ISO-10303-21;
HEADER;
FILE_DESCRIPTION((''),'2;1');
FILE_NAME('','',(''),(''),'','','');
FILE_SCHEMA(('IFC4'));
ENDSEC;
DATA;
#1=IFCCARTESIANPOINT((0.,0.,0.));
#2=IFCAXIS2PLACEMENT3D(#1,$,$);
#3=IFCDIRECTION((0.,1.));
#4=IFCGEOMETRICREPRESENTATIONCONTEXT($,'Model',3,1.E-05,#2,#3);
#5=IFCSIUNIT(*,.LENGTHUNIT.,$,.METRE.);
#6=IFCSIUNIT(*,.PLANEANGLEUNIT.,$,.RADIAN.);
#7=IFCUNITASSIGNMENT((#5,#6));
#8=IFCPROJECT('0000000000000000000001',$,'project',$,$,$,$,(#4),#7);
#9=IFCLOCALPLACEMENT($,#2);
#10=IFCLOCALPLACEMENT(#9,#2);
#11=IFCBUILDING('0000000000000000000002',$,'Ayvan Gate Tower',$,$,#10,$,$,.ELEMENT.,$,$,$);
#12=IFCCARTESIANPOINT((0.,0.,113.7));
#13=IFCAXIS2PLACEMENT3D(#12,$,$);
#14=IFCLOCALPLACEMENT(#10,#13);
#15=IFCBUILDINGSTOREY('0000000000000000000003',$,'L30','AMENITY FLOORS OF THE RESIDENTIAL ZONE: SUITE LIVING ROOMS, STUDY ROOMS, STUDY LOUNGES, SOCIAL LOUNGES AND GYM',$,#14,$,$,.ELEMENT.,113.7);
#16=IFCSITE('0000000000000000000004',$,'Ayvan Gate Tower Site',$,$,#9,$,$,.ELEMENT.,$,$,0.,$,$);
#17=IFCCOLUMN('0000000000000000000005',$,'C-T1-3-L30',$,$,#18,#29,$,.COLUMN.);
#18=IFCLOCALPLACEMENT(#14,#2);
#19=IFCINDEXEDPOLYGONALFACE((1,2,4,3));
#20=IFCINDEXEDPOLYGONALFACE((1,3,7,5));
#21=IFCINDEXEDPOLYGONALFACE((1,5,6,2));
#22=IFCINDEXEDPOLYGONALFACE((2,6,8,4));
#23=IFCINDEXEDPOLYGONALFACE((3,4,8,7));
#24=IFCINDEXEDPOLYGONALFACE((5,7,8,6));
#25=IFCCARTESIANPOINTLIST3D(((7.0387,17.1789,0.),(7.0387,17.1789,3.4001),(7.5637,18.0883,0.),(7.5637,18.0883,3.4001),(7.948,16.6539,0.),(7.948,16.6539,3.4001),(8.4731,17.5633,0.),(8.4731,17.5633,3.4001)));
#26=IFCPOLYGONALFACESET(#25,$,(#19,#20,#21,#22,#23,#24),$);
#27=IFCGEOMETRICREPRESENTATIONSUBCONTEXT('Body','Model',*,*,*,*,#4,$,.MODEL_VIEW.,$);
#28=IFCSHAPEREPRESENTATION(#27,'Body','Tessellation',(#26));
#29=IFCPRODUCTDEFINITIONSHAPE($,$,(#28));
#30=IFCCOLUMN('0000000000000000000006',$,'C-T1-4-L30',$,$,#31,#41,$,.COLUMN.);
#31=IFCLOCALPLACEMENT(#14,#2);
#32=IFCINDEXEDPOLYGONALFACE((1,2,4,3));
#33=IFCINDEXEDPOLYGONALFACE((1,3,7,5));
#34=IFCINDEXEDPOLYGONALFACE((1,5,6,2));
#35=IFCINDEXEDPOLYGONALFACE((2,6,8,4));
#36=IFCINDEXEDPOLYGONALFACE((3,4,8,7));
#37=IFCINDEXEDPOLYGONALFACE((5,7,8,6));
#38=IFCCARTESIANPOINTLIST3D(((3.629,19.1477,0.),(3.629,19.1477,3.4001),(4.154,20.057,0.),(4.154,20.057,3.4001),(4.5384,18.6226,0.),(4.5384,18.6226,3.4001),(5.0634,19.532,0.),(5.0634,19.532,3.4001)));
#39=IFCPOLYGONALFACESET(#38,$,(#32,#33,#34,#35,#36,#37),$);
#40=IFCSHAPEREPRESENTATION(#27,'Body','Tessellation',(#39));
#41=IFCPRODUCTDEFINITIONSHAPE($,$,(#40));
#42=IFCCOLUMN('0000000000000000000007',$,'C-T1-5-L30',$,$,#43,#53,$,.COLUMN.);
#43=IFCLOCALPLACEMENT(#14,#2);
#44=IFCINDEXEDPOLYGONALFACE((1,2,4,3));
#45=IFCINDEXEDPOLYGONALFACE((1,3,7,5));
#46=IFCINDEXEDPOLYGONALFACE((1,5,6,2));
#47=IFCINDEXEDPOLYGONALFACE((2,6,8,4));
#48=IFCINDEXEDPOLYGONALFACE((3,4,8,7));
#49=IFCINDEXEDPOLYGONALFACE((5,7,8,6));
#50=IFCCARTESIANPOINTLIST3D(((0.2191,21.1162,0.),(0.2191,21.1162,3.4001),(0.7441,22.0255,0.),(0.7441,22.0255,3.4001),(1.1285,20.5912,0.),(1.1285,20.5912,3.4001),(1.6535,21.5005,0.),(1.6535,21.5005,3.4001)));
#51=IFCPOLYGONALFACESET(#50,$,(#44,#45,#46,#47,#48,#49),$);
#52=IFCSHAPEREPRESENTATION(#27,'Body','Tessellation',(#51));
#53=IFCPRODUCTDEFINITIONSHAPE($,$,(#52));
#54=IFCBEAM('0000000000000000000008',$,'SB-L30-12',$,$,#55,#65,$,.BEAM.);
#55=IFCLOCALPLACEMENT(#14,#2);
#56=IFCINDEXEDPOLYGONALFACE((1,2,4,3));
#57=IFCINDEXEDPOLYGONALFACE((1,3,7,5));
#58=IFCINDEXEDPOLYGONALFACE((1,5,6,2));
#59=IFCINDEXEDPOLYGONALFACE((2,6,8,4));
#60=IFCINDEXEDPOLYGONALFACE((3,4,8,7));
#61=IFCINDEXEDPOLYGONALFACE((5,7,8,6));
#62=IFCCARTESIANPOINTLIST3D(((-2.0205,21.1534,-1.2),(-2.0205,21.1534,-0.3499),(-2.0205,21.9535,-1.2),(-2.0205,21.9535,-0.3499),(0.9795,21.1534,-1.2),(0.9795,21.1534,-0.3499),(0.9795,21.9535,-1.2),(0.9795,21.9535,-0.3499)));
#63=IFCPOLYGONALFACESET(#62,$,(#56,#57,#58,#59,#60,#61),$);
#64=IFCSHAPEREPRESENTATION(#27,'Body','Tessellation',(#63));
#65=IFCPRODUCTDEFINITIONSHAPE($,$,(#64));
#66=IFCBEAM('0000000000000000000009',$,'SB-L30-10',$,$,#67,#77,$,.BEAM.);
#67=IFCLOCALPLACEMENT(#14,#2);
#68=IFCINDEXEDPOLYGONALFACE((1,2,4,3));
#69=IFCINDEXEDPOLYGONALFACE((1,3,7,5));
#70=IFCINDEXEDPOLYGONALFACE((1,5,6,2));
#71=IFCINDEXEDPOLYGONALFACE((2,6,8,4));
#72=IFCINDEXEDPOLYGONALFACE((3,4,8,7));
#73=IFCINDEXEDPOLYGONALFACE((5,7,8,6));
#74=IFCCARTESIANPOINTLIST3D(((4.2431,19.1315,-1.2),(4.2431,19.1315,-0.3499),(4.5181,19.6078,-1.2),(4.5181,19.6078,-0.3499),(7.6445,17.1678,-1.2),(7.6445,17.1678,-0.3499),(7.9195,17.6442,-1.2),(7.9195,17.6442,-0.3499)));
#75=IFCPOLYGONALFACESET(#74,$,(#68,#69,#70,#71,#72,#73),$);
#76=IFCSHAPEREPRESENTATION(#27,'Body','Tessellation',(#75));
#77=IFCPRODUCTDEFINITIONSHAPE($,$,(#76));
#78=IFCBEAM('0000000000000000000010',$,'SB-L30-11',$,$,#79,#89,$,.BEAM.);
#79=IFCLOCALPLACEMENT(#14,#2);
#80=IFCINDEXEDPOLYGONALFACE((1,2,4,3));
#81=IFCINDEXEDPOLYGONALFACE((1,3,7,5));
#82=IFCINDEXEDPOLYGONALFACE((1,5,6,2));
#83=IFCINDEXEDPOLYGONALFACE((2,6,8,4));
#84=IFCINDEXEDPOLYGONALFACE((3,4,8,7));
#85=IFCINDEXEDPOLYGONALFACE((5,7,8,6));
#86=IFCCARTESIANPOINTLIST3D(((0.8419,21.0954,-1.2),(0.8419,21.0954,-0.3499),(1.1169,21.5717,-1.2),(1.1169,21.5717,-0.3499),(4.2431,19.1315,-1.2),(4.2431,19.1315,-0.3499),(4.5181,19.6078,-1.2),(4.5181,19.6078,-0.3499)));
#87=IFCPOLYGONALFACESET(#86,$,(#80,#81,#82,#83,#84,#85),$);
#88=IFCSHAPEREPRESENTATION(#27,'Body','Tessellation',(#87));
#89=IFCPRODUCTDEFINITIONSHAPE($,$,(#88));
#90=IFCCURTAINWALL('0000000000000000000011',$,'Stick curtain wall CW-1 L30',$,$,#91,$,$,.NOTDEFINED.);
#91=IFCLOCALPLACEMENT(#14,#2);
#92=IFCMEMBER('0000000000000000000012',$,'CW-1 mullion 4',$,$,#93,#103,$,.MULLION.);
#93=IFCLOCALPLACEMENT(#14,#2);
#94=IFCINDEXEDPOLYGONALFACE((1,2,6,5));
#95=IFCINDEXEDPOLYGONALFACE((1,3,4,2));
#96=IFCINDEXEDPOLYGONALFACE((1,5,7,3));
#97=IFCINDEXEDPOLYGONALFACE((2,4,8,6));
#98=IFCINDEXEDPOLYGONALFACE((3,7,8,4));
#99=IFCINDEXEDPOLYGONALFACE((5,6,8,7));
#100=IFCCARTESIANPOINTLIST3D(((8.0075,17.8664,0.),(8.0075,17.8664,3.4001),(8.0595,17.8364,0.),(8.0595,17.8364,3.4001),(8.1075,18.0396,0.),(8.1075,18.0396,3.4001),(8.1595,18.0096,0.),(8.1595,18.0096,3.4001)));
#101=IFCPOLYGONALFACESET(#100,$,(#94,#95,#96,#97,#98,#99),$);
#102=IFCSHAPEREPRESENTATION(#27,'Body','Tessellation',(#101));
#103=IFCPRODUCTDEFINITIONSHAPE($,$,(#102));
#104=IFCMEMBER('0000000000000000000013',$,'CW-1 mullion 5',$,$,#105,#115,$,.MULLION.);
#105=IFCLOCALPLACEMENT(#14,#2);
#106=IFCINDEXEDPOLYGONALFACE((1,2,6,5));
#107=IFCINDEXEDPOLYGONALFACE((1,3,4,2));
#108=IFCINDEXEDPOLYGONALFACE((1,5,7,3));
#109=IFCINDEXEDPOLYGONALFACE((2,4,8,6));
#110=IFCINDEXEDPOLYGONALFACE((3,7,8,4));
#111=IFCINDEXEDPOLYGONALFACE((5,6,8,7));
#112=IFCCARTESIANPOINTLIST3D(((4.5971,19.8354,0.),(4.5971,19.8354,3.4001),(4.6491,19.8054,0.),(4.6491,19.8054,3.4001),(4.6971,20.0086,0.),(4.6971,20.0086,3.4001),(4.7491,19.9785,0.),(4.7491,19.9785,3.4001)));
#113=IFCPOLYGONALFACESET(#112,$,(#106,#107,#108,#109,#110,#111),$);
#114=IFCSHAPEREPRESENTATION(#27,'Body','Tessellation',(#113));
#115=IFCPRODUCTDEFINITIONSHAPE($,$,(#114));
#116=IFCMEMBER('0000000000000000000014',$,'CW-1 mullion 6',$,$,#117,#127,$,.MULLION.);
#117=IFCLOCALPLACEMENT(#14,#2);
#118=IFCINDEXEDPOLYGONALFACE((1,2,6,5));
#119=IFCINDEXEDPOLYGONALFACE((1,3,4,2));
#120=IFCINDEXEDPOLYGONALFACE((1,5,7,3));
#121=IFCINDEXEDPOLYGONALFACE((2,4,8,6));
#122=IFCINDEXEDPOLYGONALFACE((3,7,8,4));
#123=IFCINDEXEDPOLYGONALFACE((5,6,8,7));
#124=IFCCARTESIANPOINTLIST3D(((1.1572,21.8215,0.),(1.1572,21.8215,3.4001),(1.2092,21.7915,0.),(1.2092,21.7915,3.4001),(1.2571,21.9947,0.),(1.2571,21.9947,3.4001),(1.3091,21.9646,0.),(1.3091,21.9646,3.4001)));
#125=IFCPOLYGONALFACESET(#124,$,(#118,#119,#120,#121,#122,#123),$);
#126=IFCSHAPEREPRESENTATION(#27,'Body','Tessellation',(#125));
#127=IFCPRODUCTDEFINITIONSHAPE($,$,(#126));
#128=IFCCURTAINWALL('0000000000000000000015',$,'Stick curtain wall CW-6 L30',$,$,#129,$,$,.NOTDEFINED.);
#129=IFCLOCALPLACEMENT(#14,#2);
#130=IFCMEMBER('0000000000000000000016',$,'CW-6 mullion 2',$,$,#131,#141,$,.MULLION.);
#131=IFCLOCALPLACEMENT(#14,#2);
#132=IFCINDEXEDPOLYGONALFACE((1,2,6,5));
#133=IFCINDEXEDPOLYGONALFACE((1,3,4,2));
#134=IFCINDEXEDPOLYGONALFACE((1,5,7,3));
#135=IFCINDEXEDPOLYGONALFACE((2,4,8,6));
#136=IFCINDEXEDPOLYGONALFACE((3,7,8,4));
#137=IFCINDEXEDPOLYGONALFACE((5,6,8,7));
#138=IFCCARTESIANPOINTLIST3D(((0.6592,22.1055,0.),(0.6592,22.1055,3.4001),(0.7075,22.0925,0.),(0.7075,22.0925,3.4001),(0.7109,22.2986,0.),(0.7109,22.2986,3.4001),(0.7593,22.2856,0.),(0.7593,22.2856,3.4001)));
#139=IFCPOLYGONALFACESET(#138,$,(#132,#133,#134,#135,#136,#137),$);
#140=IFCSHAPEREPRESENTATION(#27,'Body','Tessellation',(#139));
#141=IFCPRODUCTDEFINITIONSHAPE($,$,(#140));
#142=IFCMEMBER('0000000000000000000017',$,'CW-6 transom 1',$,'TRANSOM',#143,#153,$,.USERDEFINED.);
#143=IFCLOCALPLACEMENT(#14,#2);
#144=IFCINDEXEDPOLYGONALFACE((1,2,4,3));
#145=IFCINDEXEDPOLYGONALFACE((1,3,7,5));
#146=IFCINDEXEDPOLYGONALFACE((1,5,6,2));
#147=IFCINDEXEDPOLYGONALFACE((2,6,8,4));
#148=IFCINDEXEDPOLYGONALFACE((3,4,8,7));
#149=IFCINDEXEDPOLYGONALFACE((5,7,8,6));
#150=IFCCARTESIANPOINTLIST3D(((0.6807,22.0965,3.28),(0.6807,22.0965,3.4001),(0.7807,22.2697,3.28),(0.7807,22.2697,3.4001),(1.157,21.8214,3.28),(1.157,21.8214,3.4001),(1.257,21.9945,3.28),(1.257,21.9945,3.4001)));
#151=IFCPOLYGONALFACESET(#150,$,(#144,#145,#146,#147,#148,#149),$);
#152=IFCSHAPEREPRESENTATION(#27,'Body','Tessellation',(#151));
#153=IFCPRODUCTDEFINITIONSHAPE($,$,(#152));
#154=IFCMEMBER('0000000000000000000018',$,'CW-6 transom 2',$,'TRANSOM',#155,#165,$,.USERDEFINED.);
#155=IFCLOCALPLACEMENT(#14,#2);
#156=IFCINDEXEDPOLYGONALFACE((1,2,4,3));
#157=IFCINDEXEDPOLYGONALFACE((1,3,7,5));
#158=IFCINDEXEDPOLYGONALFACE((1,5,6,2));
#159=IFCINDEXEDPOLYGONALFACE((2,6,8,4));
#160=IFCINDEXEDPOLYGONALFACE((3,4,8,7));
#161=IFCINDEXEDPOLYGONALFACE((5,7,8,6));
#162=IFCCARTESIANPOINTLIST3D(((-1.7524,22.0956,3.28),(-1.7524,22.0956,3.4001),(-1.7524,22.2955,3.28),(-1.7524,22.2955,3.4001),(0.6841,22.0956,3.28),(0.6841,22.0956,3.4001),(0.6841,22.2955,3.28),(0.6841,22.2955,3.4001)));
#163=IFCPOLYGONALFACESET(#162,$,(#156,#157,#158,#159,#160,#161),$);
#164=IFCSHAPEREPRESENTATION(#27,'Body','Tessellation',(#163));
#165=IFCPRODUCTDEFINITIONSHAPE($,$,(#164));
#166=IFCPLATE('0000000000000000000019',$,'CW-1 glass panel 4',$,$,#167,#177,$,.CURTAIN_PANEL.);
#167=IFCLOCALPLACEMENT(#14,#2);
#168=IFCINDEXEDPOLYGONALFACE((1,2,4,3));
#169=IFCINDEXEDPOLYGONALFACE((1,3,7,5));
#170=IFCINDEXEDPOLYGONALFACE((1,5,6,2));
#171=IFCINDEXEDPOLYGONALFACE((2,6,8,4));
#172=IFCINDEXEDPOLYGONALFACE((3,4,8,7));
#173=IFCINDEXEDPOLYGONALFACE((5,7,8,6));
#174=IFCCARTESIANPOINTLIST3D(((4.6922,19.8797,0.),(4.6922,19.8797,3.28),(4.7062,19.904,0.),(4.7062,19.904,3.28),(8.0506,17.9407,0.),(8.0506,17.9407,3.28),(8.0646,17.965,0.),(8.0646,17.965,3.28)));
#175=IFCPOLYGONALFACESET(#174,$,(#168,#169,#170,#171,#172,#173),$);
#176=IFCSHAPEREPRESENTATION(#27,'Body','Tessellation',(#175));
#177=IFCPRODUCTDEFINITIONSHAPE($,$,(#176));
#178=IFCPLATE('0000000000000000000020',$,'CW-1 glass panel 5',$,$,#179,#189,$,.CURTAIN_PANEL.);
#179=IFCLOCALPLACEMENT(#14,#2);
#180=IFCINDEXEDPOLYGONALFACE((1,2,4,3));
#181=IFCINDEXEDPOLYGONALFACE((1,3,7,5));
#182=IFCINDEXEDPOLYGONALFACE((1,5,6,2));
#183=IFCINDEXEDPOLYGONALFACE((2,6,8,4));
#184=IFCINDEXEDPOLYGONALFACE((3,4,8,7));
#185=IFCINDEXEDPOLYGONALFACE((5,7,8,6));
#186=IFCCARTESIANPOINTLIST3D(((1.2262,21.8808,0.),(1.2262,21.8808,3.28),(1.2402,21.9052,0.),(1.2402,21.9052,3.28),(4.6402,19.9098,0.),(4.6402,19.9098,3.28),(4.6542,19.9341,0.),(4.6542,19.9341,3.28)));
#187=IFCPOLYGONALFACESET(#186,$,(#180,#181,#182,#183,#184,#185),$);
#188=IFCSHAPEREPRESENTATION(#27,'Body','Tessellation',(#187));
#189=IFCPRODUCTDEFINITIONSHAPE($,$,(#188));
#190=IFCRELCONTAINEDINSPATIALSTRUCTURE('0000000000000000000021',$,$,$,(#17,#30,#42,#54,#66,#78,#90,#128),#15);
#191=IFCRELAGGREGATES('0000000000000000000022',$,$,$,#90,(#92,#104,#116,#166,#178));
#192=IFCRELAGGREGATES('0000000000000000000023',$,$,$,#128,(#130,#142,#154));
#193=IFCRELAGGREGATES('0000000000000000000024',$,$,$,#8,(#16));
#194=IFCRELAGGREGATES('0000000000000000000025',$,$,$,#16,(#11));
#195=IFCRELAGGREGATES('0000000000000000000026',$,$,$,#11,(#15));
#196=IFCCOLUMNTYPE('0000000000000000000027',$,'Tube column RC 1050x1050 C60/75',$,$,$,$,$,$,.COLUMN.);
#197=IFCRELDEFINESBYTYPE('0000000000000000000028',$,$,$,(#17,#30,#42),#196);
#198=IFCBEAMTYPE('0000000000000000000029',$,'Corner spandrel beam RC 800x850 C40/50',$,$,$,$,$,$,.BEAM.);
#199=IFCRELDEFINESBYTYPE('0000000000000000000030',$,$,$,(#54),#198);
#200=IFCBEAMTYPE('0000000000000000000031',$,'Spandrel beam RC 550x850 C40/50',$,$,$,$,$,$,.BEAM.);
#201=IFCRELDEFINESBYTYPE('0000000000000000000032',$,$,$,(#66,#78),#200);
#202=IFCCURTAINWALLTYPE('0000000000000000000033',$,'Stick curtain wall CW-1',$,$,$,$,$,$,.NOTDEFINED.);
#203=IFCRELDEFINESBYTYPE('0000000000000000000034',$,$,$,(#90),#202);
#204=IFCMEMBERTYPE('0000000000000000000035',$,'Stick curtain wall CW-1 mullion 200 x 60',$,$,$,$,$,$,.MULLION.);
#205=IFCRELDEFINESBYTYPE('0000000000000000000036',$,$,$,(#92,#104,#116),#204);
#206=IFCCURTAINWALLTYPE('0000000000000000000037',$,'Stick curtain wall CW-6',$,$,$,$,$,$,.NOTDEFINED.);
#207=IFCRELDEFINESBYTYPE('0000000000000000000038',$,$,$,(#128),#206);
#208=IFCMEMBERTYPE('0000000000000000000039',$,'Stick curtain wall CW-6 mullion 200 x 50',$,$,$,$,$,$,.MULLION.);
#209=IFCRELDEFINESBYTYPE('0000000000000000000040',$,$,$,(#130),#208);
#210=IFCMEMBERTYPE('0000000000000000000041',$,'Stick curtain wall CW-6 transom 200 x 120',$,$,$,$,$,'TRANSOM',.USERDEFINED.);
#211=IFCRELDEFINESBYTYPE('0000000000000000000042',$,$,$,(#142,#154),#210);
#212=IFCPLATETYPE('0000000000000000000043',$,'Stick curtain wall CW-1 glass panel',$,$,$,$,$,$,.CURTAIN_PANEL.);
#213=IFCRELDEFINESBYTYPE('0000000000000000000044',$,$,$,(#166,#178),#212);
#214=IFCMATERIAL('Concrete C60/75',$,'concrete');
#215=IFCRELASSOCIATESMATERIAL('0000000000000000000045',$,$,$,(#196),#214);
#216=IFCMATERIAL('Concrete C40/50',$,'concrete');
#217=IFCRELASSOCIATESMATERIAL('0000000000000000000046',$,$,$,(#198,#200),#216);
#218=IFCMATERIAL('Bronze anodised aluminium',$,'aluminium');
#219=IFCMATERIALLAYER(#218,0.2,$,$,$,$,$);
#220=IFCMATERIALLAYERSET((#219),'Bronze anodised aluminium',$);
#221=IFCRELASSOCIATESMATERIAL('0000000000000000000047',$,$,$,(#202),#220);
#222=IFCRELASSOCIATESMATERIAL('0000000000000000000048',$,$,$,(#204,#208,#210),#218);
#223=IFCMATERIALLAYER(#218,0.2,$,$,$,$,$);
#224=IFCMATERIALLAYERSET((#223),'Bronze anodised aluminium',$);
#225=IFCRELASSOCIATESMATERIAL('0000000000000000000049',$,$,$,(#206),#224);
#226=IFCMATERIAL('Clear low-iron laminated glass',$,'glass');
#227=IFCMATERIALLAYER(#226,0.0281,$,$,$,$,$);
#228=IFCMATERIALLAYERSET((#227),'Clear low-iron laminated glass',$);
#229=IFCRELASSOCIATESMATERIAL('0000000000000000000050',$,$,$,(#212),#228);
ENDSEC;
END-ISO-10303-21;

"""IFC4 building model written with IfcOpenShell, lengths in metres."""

from ifc_helpers import new_model, si_unit, direction, frame, origin, origin_2d, place, context, subcontext, project, spatial, rectangle, extrude, material, layer, layer_set, material_profile, profile_set, type_object, element, aggregate, save


model = new_model("IFC4")

# Units and contexts
model_context = context("Model", 3, precision=1e-05, world=origin(), true_north=direction((0.0, 1.0)))
body_context = subcontext(model_context, "Body", "Model", "MODEL_VIEW")
ifc_project = project(units=[si_unit("LENGTHUNIT", "METRE"), si_unit("PLANEANGLEUNIT", "RADIAN")], contexts=[model_context])

# Site, building, storey
site_placement = place(None, origin())
site = spatial("IfcSite", under=ifc_project, at=site_placement, Name="Ayvan Gate Tower Site", CompositionType="ELEMENT", RefElevation=0.0)
building_placement = place(site_placement, origin())
building = spatial("IfcBuilding", under=site, at=building_placement, Name="Ayvan Gate Tower", CompositionType="ELEMENT")
storey_placement = place(building_placement, frame((0.0, 0.0, 113.7)))
storey = spatial("IfcBuildingStorey", under=building, at=storey_placement, Name="L30", Description="AMENITY FLOORS OF THE RESIDENTIAL ZONE: SUITE LIVING ROOMS, STUDY ROOMS, STUDY LOUNGES, SOCIAL LOUNGES AND GYM", CompositionType="ELEMENT", Elevation=113.7)

# Columns
ifc_material_1 = material(Name="Concrete C60/75", Category="concrete")
ifc_material_profile_1 = material_profile(ifc_material_1, rectangle(XDim=1.05, YDim=1.05, at=origin_2d()), Name="RC 1050x1050")
ifc_profile_set_1 = profile_set([ifc_material_profile_1], Name="Concrete C60/75")
column_type = type_object("IfcColumnType", Name="Tube column RC 1050x1050 C60/75", PredefinedType="COLUMN", material=ifc_profile_set_1)
for number, where, z_axis, x_axis, name in (
    (1, (7.7559, 17.3711, 0.0), (0.0, 0.0, 1.0), (0.5, 0.866025, 0.0), "C-T1-3-L30"),
    (2, (4.3462, 19.3398, 0.0), (0.0, 0.0, 1.0), (0.5, 0.866025, 0.0), "C-T1-4-L30"),
    (3, (0.9363, 21.3083, 0.0), (0.0, 0.0, 1.0), (0.5, 0.866025, 0.0), "C-T1-5-L30"),
):
    element("IfcColumn", number, at=place(storey_placement, frame(where, z_axis=z_axis, x_axis=x_axis)), inside=storey, type_object=column_type, Name=name, PredefinedType="COLUMN", context=body_context, shape_type="SweptSolid", body=[
        extrude(rectangle(XDim=1.05, YDim=1.05, at=origin_2d()), origin(), (0.0, 0.0, 1.0), 3.4001),
    ])

# Beams
ifc_material_2 = material(Name="Concrete C40/50", Category="concrete")
ifc_material_profile_2 = material_profile(ifc_material_2, rectangle(XDim=0.8, YDim=0.8501, at=origin_2d()), Name="RC 800x850")
ifc_profile_set_2 = profile_set([ifc_material_profile_2], Name="Concrete C40/50")
beam_type_1 = type_object("IfcBeamType", Name="Corner spandrel beam RC 800x850 C40/50", PredefinedType="BEAM", material=ifc_profile_set_2)
beam_placement = place(storey_placement, frame((0.9795, 21.5535, -0.7749), z_axis=(-1.0, 0.0, 0.0), x_axis=(0.0, -1.0, 0.0)))
element("IfcBeam", 4, at=beam_placement, inside=storey, type_object=beam_type_1, Name="SB-L30-12", PredefinedType="BEAM", context=body_context, shape_type="SweptSolid", body=[
    extrude(rectangle(XDim=0.8, YDim=0.8501, at=origin_2d()), origin(), (0.0, 0.0, 1.0), 3.0),
])
ifc_material_profile_3 = material_profile(ifc_material_2, rectangle(XDim=0.55, YDim=0.8501, at=origin_2d()), Name="RC 550x850")
ifc_profile_set_3 = profile_set([ifc_material_profile_3], Name="Concrete C40/50")
beam_type_2 = type_object("IfcBeamType", Name="Spandrel beam RC 550x850 C40/50", PredefinedType="BEAM", material=ifc_profile_set_3)
for number, where, z_axis, x_axis, name in (
    (5, (7.782, 17.406, -0.7749), (-0.866043, 0.49997, 0.0), (-0.49997, -0.866043, 0.0), "SB-L30-10"),
    (6, (4.3806, 19.3696, -0.7749), (-0.866, 0.500044, 0.0), (-0.500044, -0.866, 0.0), "SB-L30-11"),
):
    element("IfcBeam", number, at=place(storey_placement, frame(where, z_axis=z_axis, x_axis=x_axis)), inside=storey, type_object=beam_type_2, Name=name, PredefinedType="BEAM", context=body_context, shape_type="SweptSolid", body=[
        extrude(rectangle(XDim=0.55, YDim=0.8501, at=origin_2d()), origin(), (0.0, 0.0, 1.0), 3.9275),
    ])

# Curtain walls, members
ifc_material_3 = material(Name="Bronze anodised aluminium", Category="aluminium")
ifc_layer_1 = layer(ifc_material_3, 0.2)
ifc_layer_set_1 = layer_set([ifc_layer_1], Name="Bronze anodised aluminium")
curtain_wall_type_1 = type_object("IfcCurtainWallType", Name="Stick curtain wall CW-1", PredefinedType="NOTDEFINED", material=ifc_layer_set_1)
curtain_wall_1_placement = place(storey_placement, origin())
curtain_wall_1 = element("IfcCurtainWall", 7, at=curtain_wall_1_placement, inside=storey, type_object=curtain_wall_type_1, Name="Stick curtain wall CW-1 L30", PredefinedType="NOTDEFINED")
ifc_material_profile_4 = material_profile(ifc_material_3, rectangle(XDim=0.2, YDim=0.0601, at=origin_2d()), Name="Stick curtain wall CW-1 mullion 200 x 60")
ifc_profile_set_4 = profile_set([ifc_material_profile_4], Name="Bronze anodised aluminium")
member_type_1 = type_object("IfcMemberType", Name="Stick curtain wall CW-1 mullion 200 x 60", PredefinedType="MULLION", material=ifc_profile_set_4)
member_1_placement = place(storey_placement, frame((8.0835, 17.938, 0.0), z_axis=(0.0, 0.0, 1.0), x_axis=(0.5, 0.866025, 0.0)))
member_1 = element("IfcMember", 8, at=member_1_placement, type_object=member_type_1, Name="CW-1 mullion 4", PredefinedType="MULLION", context=body_context, shape_type="SweptSolid", body=[
    extrude(rectangle(XDim=0.2, YDim=0.0601, at=origin_2d()), origin(), (0.0, 0.0, 1.0), 3.4001),
])
member_2_placement = place(storey_placement, frame((4.6731, 19.907, 0.0), z_axis=(0.0, 0.0, 1.0), x_axis=(0.5, 0.866025, 0.0)))
member_2 = element("IfcMember", 9, at=member_2_placement, type_object=member_type_1, Name="CW-1 mullion 5", PredefinedType="MULLION", context=body_context, shape_type="SweptSolid", body=[
    extrude(rectangle(XDim=0.2, YDim=0.0601, at=origin_2d()), origin(), (0.0, 0.0, 1.0), 3.4001),
])
member_3_placement = place(storey_placement, frame((1.2332, 21.8931, 0.0), z_axis=(0.0, 0.0, 1.0), x_axis=(0.5, 0.866025, 0.0)))
member_3 = element("IfcMember", 10, at=member_3_placement, type_object=member_type_1, Name="CW-1 mullion 6", PredefinedType="MULLION", context=body_context, shape_type="SweptSolid", body=[
    extrude(rectangle(XDim=0.2, YDim=0.0601, at=origin_2d()), origin(), (0.0, 0.0, 1.0), 3.4001),
])
ifc_layer_2 = layer(ifc_material_3, 0.2)
ifc_layer_set_2 = layer_set([ifc_layer_2], Name="Bronze anodised aluminium")
curtain_wall_type_2 = type_object("IfcCurtainWallType", Name="Stick curtain wall CW-6", PredefinedType="NOTDEFINED", material=ifc_layer_set_2)
curtain_wall_2_placement = place(storey_placement, origin())
curtain_wall_2 = element("IfcCurtainWall", 11, at=curtain_wall_2_placement, inside=storey, type_object=curtain_wall_type_2, Name="Stick curtain wall CW-6 L30", PredefinedType="NOTDEFINED")
ifc_material_profile_5 = material_profile(ifc_material_3, rectangle(XDim=0.2, YDim=0.05, at=origin_2d()), Name="Stick curtain wall CW-6 mullion 200 x 50")
ifc_profile_set_5 = profile_set([ifc_material_profile_5], Name="Bronze anodised aluminium")
member_type_2 = type_object("IfcMemberType", Name="Stick curtain wall CW-6 mullion 200 x 50", PredefinedType="MULLION", material=ifc_profile_set_5)
member_4_placement = place(storey_placement, frame((0.7092, 22.1956, 0.0), z_axis=(0.0, 0.0, 1.0), x_axis=(0.258819, 0.965926, 0.0)))
member_4 = element("IfcMember", 12, at=member_4_placement, type_object=member_type_2, Name="CW-6 mullion 2", PredefinedType="MULLION", context=body_context, shape_type="SweptSolid", body=[
    extrude(rectangle(XDim=0.2, YDim=0.05, at=origin_2d()), origin(), (0.0, 0.0, 1.0), 3.4001),
])
ifc_material_profile_6 = material_profile(ifc_material_3, rectangle(XDim=0.2, YDim=0.1201, at=origin_2d()), Name="Stick curtain wall CW-6 transom 200 x 120")
ifc_profile_set_6 = profile_set([ifc_material_profile_6], Name="Bronze anodised aluminium")
member_type_3 = type_object("IfcMemberType", Name="Stick curtain wall CW-6 transom 200 x 120", ElementType="TRANSOM", PredefinedType="USERDEFINED", material=ifc_profile_set_6)
member_5_placement = place(storey_placement, frame((1.207, 21.908, 3.3401), z_axis=(-0.865912, 0.500196, 0.0), x_axis=(-0.500196, -0.865912, 0.0)))
member_5 = element("IfcMember", 13, at=member_5_placement, type_object=member_type_3, Name="CW-6 transom 1", ObjectType="TRANSOM", PredefinedType="USERDEFINED", context=body_context, shape_type="SweptSolid", body=[
    extrude(rectangle(XDim=0.2, YDim=0.1201, at=origin_2d()), origin(), (0.0, 0.0, 1.0), 0.55),
])
member_6_placement = place(storey_placement, frame((0.6841, 22.1956, 3.3401), z_axis=(-1.0, 0.0, 0.0), x_axis=(0.0, -1.0, 0.0)))
member_6 = element("IfcMember", 14, at=member_6_placement, type_object=member_type_3, Name="CW-6 transom 2", ObjectType="TRANSOM", PredefinedType="USERDEFINED", context=body_context, shape_type="SweptSolid", body=[
    extrude(rectangle(XDim=0.2, YDim=0.1201, at=origin_2d()), origin(), (0.0, 0.0, 1.0), 2.4365),
])

# Plates
ifc_material_4 = material(Name="Clear low-iron laminated glass", Category="glass")
ifc_layer_3 = layer(ifc_material_4, 0.0281)
ifc_layer_set_3 = layer_set([ifc_layer_3], Name="Clear low-iron laminated glass")
plate_type_1 = type_object("IfcPlateType", Name="Stick curtain wall CW-1 glass panel", PredefinedType="CURTAIN_PANEL", material=ifc_layer_set_3)
plate_1_placement = place(storey_placement, frame((6.3784, 18.9224, 0.0), z_axis=(0.0, 0.0, 1.0), x_axis=(-0.866025, 0.5, 0.0)))
plate_1 = element("IfcPlate", 15, at=plate_1_placement, type_object=plate_type_1, Name="CW-1 glass panel 4", PredefinedType="CURTAIN_PANEL", context=body_context, shape_type="SweptSolid", body=[
    extrude(rectangle(XDim=3.8779, YDim=0.0281, at=origin_2d()), origin(), (0.0, 0.0, 1.0), 3.28),
])
plate_2_placement = place(storey_placement, frame((2.9402, 20.9075, 0.0), z_axis=(0.0, 0.0, 1.0), x_axis=(-0.866025, 0.5, 0.0)))
plate_2 = element("IfcPlate", 16, at=plate_2_placement, type_object=plate_type_1, Name="CW-1 glass panel 5", PredefinedType="CURTAIN_PANEL", context=body_context, shape_type="SweptSolid", body=[
    extrude(rectangle(XDim=3.9421, YDim=0.0281, at=origin_2d()), origin(), (0.0, 0.0, 1.0), 3.28),
])
aggregate(curtain_wall_1, [member_1, member_2, member_3, plate_1, plate_2])
aggregate(curtain_wall_2, [member_4, member_5, member_6])

save(model, "model.ifc")
